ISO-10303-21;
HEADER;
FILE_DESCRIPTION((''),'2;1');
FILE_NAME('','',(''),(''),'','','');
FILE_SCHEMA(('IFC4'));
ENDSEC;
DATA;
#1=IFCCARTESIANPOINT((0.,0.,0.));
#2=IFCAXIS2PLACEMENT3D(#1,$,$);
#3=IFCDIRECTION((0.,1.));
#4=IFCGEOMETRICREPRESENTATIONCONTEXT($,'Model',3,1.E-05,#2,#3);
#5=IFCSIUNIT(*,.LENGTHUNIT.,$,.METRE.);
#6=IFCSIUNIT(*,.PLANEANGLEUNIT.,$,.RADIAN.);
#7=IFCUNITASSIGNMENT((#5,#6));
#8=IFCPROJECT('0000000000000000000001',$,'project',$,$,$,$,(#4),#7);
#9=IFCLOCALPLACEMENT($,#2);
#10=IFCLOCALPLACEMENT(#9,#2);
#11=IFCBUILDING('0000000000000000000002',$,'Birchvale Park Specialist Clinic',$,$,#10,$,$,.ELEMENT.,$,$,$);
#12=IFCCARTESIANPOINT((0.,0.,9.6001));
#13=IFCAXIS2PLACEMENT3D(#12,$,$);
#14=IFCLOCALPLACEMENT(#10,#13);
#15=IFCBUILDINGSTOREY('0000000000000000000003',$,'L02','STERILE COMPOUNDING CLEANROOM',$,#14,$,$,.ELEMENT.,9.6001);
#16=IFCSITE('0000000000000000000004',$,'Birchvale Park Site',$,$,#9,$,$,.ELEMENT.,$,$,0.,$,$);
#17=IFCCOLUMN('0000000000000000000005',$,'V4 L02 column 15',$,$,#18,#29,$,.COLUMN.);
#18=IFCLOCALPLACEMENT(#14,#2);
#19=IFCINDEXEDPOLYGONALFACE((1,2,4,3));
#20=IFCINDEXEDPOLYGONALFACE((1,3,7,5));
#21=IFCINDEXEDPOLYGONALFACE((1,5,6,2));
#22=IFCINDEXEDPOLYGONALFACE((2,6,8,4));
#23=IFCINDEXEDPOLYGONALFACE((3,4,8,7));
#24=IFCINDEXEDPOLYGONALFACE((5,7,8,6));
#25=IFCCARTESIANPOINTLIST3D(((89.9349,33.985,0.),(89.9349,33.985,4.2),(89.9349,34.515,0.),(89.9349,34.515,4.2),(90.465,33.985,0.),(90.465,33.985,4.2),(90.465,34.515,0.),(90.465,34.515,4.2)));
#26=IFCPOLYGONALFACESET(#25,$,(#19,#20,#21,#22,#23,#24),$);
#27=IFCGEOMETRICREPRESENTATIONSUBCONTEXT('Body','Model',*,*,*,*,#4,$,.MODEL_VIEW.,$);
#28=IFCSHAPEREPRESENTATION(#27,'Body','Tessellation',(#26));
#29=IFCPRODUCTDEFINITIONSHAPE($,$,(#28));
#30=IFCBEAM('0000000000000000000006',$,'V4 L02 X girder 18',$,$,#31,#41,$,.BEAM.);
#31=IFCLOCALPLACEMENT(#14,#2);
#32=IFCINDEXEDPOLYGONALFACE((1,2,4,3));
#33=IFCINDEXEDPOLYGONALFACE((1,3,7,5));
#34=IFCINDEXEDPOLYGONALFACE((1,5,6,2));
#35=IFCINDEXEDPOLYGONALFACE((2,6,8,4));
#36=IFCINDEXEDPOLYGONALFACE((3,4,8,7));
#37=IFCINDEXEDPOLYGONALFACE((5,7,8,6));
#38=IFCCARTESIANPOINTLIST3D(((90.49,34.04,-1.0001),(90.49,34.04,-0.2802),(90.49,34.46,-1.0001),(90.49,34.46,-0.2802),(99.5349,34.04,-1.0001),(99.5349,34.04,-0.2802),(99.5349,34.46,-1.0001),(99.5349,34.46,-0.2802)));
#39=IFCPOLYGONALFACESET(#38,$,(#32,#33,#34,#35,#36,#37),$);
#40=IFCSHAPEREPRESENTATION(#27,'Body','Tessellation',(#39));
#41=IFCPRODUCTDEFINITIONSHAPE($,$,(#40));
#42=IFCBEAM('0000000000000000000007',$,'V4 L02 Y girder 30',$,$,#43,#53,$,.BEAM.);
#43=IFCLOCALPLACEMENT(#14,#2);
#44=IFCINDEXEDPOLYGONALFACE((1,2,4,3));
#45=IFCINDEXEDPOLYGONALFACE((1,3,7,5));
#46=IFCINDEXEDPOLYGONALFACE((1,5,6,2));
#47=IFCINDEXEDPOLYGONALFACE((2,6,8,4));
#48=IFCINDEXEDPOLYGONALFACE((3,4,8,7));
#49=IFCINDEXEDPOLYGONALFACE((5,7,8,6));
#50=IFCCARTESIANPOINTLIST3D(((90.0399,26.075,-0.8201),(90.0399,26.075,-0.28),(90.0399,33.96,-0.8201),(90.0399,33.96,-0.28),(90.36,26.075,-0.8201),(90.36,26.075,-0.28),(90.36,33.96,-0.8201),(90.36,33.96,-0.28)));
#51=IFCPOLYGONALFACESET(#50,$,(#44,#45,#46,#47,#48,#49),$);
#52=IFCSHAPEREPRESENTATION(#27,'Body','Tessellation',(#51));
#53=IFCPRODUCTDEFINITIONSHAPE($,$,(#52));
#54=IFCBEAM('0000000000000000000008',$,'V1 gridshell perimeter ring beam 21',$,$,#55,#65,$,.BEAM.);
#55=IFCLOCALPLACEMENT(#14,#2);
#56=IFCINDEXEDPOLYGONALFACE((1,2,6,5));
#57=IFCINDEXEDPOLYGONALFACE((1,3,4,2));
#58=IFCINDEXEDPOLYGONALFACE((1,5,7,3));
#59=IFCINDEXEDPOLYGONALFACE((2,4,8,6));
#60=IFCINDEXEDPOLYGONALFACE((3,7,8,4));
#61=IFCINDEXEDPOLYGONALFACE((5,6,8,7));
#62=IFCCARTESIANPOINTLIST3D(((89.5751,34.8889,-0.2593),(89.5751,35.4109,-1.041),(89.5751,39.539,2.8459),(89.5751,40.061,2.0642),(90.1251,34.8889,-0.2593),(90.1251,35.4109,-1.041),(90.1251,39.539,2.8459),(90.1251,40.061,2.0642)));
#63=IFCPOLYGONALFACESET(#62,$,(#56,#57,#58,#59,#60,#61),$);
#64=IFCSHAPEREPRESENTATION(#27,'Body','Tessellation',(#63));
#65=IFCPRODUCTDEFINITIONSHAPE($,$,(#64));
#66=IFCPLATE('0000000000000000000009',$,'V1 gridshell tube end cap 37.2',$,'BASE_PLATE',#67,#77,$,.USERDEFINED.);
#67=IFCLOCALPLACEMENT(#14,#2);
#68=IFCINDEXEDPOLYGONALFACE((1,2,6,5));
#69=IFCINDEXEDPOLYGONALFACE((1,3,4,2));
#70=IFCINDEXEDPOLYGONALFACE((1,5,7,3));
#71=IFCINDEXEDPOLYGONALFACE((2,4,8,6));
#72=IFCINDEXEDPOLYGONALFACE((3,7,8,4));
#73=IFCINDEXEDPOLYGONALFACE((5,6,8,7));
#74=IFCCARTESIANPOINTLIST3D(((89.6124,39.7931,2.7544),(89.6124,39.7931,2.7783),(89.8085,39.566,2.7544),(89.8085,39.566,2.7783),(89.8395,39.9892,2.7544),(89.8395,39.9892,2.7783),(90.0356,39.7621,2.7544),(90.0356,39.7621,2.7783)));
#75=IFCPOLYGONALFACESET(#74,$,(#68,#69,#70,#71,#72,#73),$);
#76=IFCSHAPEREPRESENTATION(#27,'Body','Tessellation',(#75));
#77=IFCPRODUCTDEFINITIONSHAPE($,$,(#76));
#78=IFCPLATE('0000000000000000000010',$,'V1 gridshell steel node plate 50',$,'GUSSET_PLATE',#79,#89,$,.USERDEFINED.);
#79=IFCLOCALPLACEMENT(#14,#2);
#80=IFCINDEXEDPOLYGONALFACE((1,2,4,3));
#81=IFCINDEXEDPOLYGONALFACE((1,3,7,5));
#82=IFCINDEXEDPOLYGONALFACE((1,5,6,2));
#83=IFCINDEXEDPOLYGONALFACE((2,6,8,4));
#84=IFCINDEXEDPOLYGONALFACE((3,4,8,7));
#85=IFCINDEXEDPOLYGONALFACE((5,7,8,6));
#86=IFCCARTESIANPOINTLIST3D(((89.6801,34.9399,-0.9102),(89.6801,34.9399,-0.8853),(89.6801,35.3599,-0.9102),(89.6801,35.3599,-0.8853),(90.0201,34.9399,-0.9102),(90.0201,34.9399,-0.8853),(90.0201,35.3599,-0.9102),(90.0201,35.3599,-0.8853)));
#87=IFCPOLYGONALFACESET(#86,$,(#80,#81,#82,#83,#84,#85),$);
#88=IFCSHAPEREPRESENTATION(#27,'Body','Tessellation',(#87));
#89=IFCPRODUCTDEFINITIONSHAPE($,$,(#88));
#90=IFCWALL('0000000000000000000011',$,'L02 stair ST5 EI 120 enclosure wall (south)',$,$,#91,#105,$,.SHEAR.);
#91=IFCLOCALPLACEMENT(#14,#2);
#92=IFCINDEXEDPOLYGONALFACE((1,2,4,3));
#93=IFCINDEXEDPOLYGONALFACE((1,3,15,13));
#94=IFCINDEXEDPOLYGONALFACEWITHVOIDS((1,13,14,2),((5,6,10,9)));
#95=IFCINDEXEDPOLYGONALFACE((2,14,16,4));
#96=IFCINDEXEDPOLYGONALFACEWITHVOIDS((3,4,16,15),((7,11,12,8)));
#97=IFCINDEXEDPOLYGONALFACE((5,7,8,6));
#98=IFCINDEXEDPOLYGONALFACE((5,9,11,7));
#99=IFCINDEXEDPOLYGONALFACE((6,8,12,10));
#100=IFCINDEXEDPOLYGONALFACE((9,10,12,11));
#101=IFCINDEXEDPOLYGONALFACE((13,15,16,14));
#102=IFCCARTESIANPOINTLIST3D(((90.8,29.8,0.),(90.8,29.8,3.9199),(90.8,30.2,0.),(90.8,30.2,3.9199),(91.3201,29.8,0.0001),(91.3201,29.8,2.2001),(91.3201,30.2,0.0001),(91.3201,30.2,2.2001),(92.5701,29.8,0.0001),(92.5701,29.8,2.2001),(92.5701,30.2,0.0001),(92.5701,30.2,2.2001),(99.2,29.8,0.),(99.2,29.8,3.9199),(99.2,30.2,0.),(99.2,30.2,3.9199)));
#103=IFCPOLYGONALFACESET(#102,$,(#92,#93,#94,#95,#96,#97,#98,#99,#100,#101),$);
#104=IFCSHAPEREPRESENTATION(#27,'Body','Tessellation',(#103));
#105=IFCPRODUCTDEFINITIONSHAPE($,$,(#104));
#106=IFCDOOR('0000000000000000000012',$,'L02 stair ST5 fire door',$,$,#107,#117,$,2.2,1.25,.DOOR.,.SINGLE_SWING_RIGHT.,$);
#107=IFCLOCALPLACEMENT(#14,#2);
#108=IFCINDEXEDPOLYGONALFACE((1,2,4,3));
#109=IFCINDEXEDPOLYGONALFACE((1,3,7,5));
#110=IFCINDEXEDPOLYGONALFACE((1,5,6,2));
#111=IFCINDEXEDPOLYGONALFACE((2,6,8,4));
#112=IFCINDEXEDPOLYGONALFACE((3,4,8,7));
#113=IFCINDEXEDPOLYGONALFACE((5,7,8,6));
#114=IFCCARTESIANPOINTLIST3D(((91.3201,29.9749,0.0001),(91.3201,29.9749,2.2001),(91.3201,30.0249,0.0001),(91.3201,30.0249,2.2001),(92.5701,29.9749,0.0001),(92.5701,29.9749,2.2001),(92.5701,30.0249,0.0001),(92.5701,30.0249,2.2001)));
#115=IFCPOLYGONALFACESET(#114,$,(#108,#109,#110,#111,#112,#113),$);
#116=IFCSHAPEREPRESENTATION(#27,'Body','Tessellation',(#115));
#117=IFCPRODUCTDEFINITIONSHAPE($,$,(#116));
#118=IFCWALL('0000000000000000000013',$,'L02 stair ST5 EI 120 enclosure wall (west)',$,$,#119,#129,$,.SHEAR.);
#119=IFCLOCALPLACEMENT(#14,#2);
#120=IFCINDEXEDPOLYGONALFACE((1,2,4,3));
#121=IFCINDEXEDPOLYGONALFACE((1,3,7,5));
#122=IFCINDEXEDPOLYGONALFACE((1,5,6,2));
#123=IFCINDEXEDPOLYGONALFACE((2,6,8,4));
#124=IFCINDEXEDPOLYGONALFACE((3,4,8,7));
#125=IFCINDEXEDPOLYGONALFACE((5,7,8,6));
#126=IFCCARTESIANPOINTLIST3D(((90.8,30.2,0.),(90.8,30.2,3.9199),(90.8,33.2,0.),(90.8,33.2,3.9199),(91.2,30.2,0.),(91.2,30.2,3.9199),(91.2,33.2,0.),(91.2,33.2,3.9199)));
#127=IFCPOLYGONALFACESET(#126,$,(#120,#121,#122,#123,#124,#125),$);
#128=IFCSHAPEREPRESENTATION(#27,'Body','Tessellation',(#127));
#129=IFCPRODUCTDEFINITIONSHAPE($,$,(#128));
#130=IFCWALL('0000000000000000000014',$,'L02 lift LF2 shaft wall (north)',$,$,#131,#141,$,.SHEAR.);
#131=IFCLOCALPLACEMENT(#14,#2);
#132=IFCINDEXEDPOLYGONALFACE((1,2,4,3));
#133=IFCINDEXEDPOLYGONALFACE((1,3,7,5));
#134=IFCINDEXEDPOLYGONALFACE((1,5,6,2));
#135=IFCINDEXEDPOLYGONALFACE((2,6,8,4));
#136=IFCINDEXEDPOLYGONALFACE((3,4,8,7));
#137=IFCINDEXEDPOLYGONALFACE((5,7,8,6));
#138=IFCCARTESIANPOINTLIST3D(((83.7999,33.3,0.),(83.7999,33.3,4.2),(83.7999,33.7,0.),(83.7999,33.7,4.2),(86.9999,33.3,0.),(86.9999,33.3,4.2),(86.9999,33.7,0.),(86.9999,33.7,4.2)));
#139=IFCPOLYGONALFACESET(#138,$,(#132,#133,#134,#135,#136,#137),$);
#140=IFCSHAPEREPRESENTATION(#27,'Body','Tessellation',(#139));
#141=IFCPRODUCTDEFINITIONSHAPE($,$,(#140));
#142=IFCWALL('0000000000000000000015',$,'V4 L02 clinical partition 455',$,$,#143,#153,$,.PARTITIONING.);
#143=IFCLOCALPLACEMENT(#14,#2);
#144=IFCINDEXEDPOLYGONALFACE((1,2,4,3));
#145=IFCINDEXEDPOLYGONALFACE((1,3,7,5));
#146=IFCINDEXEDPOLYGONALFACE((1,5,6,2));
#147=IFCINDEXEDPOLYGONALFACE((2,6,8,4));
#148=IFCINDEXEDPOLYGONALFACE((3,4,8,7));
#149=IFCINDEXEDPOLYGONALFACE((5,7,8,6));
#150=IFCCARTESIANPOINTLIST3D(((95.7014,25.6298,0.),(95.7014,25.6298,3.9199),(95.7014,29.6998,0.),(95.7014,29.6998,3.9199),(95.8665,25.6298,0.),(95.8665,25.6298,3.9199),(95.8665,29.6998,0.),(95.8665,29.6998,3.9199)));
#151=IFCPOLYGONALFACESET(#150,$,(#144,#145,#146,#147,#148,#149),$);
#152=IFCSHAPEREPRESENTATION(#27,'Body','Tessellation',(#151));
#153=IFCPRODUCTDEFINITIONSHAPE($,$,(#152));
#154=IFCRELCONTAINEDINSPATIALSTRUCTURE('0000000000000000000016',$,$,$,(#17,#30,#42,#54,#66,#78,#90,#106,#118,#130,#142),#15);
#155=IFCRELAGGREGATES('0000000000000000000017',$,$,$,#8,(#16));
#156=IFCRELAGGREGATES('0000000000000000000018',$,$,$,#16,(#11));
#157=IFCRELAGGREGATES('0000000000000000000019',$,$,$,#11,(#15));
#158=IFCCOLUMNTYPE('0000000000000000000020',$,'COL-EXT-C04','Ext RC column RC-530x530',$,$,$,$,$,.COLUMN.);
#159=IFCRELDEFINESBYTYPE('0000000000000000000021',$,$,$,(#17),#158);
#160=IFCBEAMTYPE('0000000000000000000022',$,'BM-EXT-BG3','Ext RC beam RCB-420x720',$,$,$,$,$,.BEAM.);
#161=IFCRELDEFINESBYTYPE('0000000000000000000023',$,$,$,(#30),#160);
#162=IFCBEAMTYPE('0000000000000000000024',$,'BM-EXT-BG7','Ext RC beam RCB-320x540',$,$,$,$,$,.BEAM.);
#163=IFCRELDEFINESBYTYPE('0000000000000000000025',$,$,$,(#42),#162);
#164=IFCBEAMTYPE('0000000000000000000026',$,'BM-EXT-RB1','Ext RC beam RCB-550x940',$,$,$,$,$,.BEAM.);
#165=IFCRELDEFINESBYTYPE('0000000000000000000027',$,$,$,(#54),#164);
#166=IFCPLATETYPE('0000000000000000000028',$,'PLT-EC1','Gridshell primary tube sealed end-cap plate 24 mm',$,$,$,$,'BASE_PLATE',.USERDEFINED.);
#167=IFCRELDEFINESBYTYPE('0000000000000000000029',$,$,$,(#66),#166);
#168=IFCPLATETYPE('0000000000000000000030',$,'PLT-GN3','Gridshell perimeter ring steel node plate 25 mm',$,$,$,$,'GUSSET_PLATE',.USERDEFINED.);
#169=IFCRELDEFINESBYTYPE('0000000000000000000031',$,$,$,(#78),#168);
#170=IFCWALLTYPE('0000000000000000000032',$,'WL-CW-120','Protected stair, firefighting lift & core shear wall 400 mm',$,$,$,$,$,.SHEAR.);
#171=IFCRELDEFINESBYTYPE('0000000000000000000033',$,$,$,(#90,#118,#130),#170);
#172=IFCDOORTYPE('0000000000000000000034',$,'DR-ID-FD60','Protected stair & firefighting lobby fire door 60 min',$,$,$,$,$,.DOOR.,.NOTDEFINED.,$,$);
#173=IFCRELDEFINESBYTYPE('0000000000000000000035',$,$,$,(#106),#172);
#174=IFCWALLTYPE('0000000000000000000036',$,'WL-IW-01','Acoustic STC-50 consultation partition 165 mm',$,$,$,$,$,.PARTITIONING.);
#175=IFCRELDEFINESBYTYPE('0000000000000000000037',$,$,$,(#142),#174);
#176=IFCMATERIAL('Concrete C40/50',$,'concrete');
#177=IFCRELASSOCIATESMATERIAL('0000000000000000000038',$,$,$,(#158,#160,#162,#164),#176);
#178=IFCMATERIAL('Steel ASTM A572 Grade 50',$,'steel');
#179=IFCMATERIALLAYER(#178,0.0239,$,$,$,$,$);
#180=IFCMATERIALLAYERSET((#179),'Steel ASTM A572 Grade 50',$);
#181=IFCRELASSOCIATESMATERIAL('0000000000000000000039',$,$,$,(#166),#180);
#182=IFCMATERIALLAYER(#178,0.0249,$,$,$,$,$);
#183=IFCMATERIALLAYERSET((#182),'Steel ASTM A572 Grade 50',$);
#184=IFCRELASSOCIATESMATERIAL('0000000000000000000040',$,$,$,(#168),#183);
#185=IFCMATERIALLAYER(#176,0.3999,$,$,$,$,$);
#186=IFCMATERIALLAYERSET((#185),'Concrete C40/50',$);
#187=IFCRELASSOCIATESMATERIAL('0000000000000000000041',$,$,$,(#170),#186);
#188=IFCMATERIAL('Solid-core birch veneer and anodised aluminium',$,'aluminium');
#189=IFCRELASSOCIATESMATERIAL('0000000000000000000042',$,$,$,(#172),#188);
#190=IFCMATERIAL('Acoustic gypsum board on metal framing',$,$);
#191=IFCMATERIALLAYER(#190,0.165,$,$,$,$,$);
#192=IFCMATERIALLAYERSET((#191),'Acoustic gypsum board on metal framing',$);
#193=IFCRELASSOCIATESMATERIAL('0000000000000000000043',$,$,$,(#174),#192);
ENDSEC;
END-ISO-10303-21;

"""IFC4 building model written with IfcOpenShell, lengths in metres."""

from ifc_helpers import new_model, si_unit, direction, frame, frame_2d, origin, origin_2d, place, context, subcontext, project, spatial, rectangle, extrude, material, layer, layer_set, material_profile, profile_set, type_object, element, fill, save


model = new_model("IFC4")

# Units and contexts
model_context = context("Model", 3, precision=1e-05, world=origin(), true_north=direction((0.0, 1.0)))
body_context = subcontext(model_context, "Body", "Model", "MODEL_VIEW")
ifc_project = project(units=[si_unit("LENGTHUNIT", "METRE"), si_unit("PLANEANGLEUNIT", "RADIAN")], contexts=[model_context])

# Site, building, storey
site_placement = place(None, origin())
site = spatial("IfcSite", under=ifc_project, at=site_placement, Name="Birchvale Park Site", CompositionType="ELEMENT", RefElevation=0.0)
building_placement = place(site_placement, origin())
building = spatial("IfcBuilding", under=site, at=building_placement, Name="Birchvale Park Specialist Clinic", CompositionType="ELEMENT")
storey_placement = place(building_placement, frame((0.0, 0.0, 9.6001)))
storey = spatial("IfcBuildingStorey", under=building, at=storey_placement, Name="L02", Description="STERILE COMPOUNDING CLEANROOM", CompositionType="ELEMENT", Elevation=9.6001)

# Column
ifc_material_1 = material(Name="Concrete C40/50", Category="concrete")
ifc_material_profile_1 = material_profile(ifc_material_1, rectangle(XDim=0.53, YDim=0.53, at=origin_2d()), Name="RC-530x530")
ifc_profile_set_1 = profile_set([ifc_material_profile_1], Name="Concrete C40/50")
column_type = type_object("IfcColumnType", Name="COL-EXT-C04", Description="Ext RC column RC-530x530", PredefinedType="COLUMN", material=ifc_profile_set_1)
column_placement = place(storey_placement, frame((90.2, 34.25, 0.0), z_axis=(0.0, 0.0, 1.0), x_axis=(1.0, 0.0, 0.0)))
element("IfcColumn", 1, at=column_placement, inside=storey, type_object=column_type, Name="V4 L02 column 15", PredefinedType="COLUMN", context=body_context, shape_type="SweptSolid", body=[
    extrude(rectangle(XDim=0.53, YDim=0.53, at=origin_2d()), origin(), (0.0, 0.0, 1.0), 4.2),
])

# Beams
ifc_material_profile_2 = material_profile(ifc_material_1, rectangle(XDim=0.4199, YDim=0.72, at=origin_2d()), Name="RCB-420x720")
ifc_profile_set_2 = profile_set([ifc_material_profile_2], Name="Concrete C40/50")
beam_type_1 = type_object("IfcBeamType", Name="BM-EXT-BG3", Description="Ext RC beam RCB-420x720", PredefinedType="BEAM", material=ifc_profile_set_2)
beam_1_placement = place(storey_placement, frame((90.49, 34.25, -0.6401), z_axis=(1.0, 0.0, 0.0), x_axis=(0.0, 1.0, 0.0)))
element("IfcBeam", 2, at=beam_1_placement, inside=storey, type_object=beam_type_1, Name="V4 L02 X girder 18", PredefinedType="BEAM", context=body_context, shape_type="SweptSolid", body=[
    extrude(rectangle(XDim=0.4199, YDim=0.72, at=origin_2d()), origin(), (0.0, 0.0, 1.0), 9.0449),
])
ifc_material_profile_3 = material_profile(ifc_material_1, rectangle(XDim=0.3201, YDim=0.54, at=origin_2d()), Name="RCB-320x540")
ifc_profile_set_3 = profile_set([ifc_material_profile_3], Name="Concrete C40/50")
beam_type_2 = type_object("IfcBeamType", Name="BM-EXT-BG7", Description="Ext RC beam RCB-320x540", PredefinedType="BEAM", material=ifc_profile_set_3)
beam_2_placement = place(storey_placement, frame((90.2, 26.075, -0.55), z_axis=(0.0, 1.0, 0.0), x_axis=(-1.0, 0.0, 0.0)))
element("IfcBeam", 3, at=beam_2_placement, inside=storey, type_object=beam_type_2, Name="V4 L02 Y girder 30", PredefinedType="BEAM", context=body_context, shape_type="SweptSolid", body=[
    extrude(rectangle(XDim=0.3201, YDim=0.54, at=origin_2d()), origin(), (0.0, 0.0, 1.0), 7.885),
])
ifc_material_profile_4 = material_profile(ifc_material_1, rectangle(XDim=0.55, YDim=0.9399, at=origin_2d()), Name="RCB-550x940")
ifc_profile_set_4 = profile_set([ifc_material_profile_4], Name="Concrete C40/50")
beam_type_3 = type_object("IfcBeamType", Name="BM-EXT-RB1", Description="Ext RC beam RCB-550x940", PredefinedType="BEAM", material=ifc_profile_set_4)
beam_3_placement = place(storey_placement, frame((89.8501, 35.1499, -0.6501), z_axis=(0.0, 0.831627, 0.555335), x_axis=(-1.0, 0.0, 0.0)))
element("IfcBeam", 4, at=beam_3_placement, inside=storey, type_object=beam_type_3, Name="V1 gridshell perimeter ring beam 21", PredefinedType="BEAM", context=body_context, shape_type="SweptSolid", body=[
    extrude(rectangle(XDim=0.55, YDim=0.9399, at=origin_2d()), origin(), (0.0, 0.0, 1.0), 5.5916),
])

# Plates
ifc_material_2 = material(Name="Steel ASTM A572 Grade 50", Category="steel")
ifc_layer_1 = layer(ifc_material_2, 0.0239)
ifc_layer_set_1 = layer_set([ifc_layer_1], Name="Steel ASTM A572 Grade 50")
plate_type_1 = type_object("IfcPlateType", Name="PLT-EC1", Description="Gridshell primary tube sealed end-cap plate 24 mm", ElementType="BASE_PLATE", PredefinedType="USERDEFINED", material=ifc_layer_set_1)
plate_1_placement = place(storey_placement, frame((89.824, 39.7776, 2.7544), z_axis=(0.0, 0.0, 1.0), x_axis=(0.756881, 0.653553, 0.0)))
element("IfcPlate", 5, at=plate_1_placement, inside=storey, type_object=plate_type_1, Name="V1 gridshell tube end cap 37.2", ObjectType="BASE_PLATE", PredefinedType="USERDEFINED", context=body_context, shape_type="SweptSolid", body=[
    extrude(rectangle(XDim=0.3, YDim=0.3, at=origin_2d()), origin(), (0.0, 0.0, 1.0), 0.0239),
])
ifc_layer_2 = layer(ifc_material_2, 0.0249)
ifc_layer_set_2 = layer_set([ifc_layer_2], Name="Steel ASTM A572 Grade 50")
plate_type_2 = type_object("IfcPlateType", Name="PLT-GN3", Description="Gridshell perimeter ring steel node plate 25 mm", ElementType="GUSSET_PLATE", PredefinedType="USERDEFINED", material=ifc_layer_set_2)
plate_2_placement = place(storey_placement, frame((89.8501, 35.1499, -0.9102), z_axis=(0.0, 0.0, 1.0), x_axis=(1.0, 0.0, 0.0)))
element("IfcPlate", 6, at=plate_2_placement, inside=storey, type_object=plate_type_2, Name="V1 gridshell steel node plate 50", ObjectType="GUSSET_PLATE", PredefinedType="USERDEFINED", context=body_context, shape_type="SweptSolid", body=[
    extrude(rectangle(XDim=0.3401, YDim=0.4199, at=origin_2d()), origin(), (0.0, 0.0, 1.0), 0.0249),
])

# Wall, opening, door
ifc_layer_3 = layer(ifc_material_1, 0.3999)
ifc_layer_set_3 = layer_set([ifc_layer_3], Name="Concrete C40/50")
wall_type_1 = type_object("IfcWallType", Name="WL-CW-120", Description="Protected stair, firefighting lift & core shear wall 400 mm", PredefinedType="SHEAR", material=ifc_layer_set_3)
wall_1_placement = place(storey_placement, frame((90.8, 30.0, 0.0), z_axis=(0.0, 0.0, 1.0), x_axis=(1.0, 0.0, 0.0)))
wall_1 = element("IfcWall", 7, at=wall_1_placement, inside=storey, type_object=wall_type_1, Name="L02 stair ST5 EI 120 enclosure wall (south)", PredefinedType="SHEAR", context=body_context, shape_type="SweptSolid", body=[
    extrude(rectangle(XDim=8.3999, YDim=0.3999, at=frame_2d((4.2, 0.0))), origin(), (0.0, 0.0, 1.0), 3.9199),
])
opening_placement = place(wall_1_placement, frame((0.52, 0.0, 0.0)))
opening = element("IfcOpeningElement", 8, at=opening_placement, cuts=wall_1, PredefinedType="OPENING", context=body_context, shape_type="SweptSolid", body=[
    extrude(rectangle(XDim=1.25, YDim=2.2, at=frame_2d((0.625, 1.1001))), frame((0.0, 0.21, 0.0), z_axis=(0.0, -1.0, 0.0), x_axis=(1.0, 0.0, 0.0)), (0.0, 0.0, 1.0), 0.4199),
])
ifc_material_3 = material(Name="Solid-core birch veneer and anodised aluminium", Category="aluminium")
door_type = type_object("IfcDoorType", Name="DR-ID-FD60", Description="Protected stair & firefighting lobby fire door 60 min", OperationType="NOTDEFINED", PredefinedType="DOOR", material=ifc_material_3)
door_placement = place(opening_placement, origin())
door = element("IfcDoor", 9, at=door_placement, inside=storey, type_object=door_type, Name="L02 stair ST5 fire door", OperationType="SINGLE_SWING_RIGHT", OverallHeight=2.2, OverallWidth=1.25, PredefinedType="DOOR", context=body_context, shape_type="SweptSolid", body=[
    extrude(rectangle(XDim=1.25, YDim=2.2, at=frame_2d((0.625, 1.1001))), frame((0.0, 0.0249, 0.0), z_axis=(0.0, -1.0, 0.0), x_axis=(1.0, 0.0, 0.0)), (0.0, 0.0, 1.0), 0.05),
])
fill(opening, door)

# Walls
wall_2_placement = place(storey_placement, frame((91.0, 30.2, 0.0), z_axis=(0.0, 0.0, 1.0), x_axis=(0.0, 1.0, 0.0)))
element("IfcWall", 10, at=wall_2_placement, inside=storey, type_object=wall_type_1, Name="L02 stair ST5 EI 120 enclosure wall (west)", PredefinedType="SHEAR", context=body_context, shape_type="SweptSolid", body=[
    extrude(rectangle(XDim=3.0, YDim=0.3999, at=frame_2d((1.5, 0.0))), origin(), (0.0, 0.0, 1.0), 3.9199),
])
wall_3_placement = place(storey_placement, frame((87.0, 33.5, 0.0), z_axis=(0.0, 0.0, 1.0), x_axis=(-1.0, 0.0, 0.0)))
element("IfcWall", 11, at=wall_3_placement, inside=storey, type_object=wall_type_1, Name="L02 lift LF2 shaft wall (north)", PredefinedType="SHEAR", context=body_context, shape_type="SweptSolid", body=[
    extrude(rectangle(XDim=3.2, YDim=0.3999, at=frame_2d((1.6001, 0.0))), origin(), (0.0, 0.0, 1.0), 4.2),
])
ifc_material_4 = material(Name="Acoustic gypsum board on metal framing")
ifc_layer_4 = layer(ifc_material_4, 0.165)
ifc_layer_set_4 = layer_set([ifc_layer_4], Name="Acoustic gypsum board on metal framing")
wall_type_2 = type_object("IfcWallType", Name="WL-IW-01", Description="Acoustic STC-50 consultation partition 165 mm", PredefinedType="PARTITIONING", material=ifc_layer_set_4)
wall_4_placement = place(storey_placement, frame((95.7839, 29.7, 0.0), z_axis=(0.0, 0.0, 1.0), x_axis=(0.0, -1.0, 0.0)))
element("IfcWall", 12, at=wall_4_placement, inside=storey, type_object=wall_type_2, Name="V4 L02 clinical partition 455", PredefinedType="PARTITIONING", context=body_context, shape_type="SweptSolid", body=[
    extrude(rectangle(XDim=4.0701, YDim=0.165, at=frame_2d((2.0352, 0.0))), origin(), (0.0, 0.0, 1.0), 3.9199),
])

save(model, "model.ifc")
